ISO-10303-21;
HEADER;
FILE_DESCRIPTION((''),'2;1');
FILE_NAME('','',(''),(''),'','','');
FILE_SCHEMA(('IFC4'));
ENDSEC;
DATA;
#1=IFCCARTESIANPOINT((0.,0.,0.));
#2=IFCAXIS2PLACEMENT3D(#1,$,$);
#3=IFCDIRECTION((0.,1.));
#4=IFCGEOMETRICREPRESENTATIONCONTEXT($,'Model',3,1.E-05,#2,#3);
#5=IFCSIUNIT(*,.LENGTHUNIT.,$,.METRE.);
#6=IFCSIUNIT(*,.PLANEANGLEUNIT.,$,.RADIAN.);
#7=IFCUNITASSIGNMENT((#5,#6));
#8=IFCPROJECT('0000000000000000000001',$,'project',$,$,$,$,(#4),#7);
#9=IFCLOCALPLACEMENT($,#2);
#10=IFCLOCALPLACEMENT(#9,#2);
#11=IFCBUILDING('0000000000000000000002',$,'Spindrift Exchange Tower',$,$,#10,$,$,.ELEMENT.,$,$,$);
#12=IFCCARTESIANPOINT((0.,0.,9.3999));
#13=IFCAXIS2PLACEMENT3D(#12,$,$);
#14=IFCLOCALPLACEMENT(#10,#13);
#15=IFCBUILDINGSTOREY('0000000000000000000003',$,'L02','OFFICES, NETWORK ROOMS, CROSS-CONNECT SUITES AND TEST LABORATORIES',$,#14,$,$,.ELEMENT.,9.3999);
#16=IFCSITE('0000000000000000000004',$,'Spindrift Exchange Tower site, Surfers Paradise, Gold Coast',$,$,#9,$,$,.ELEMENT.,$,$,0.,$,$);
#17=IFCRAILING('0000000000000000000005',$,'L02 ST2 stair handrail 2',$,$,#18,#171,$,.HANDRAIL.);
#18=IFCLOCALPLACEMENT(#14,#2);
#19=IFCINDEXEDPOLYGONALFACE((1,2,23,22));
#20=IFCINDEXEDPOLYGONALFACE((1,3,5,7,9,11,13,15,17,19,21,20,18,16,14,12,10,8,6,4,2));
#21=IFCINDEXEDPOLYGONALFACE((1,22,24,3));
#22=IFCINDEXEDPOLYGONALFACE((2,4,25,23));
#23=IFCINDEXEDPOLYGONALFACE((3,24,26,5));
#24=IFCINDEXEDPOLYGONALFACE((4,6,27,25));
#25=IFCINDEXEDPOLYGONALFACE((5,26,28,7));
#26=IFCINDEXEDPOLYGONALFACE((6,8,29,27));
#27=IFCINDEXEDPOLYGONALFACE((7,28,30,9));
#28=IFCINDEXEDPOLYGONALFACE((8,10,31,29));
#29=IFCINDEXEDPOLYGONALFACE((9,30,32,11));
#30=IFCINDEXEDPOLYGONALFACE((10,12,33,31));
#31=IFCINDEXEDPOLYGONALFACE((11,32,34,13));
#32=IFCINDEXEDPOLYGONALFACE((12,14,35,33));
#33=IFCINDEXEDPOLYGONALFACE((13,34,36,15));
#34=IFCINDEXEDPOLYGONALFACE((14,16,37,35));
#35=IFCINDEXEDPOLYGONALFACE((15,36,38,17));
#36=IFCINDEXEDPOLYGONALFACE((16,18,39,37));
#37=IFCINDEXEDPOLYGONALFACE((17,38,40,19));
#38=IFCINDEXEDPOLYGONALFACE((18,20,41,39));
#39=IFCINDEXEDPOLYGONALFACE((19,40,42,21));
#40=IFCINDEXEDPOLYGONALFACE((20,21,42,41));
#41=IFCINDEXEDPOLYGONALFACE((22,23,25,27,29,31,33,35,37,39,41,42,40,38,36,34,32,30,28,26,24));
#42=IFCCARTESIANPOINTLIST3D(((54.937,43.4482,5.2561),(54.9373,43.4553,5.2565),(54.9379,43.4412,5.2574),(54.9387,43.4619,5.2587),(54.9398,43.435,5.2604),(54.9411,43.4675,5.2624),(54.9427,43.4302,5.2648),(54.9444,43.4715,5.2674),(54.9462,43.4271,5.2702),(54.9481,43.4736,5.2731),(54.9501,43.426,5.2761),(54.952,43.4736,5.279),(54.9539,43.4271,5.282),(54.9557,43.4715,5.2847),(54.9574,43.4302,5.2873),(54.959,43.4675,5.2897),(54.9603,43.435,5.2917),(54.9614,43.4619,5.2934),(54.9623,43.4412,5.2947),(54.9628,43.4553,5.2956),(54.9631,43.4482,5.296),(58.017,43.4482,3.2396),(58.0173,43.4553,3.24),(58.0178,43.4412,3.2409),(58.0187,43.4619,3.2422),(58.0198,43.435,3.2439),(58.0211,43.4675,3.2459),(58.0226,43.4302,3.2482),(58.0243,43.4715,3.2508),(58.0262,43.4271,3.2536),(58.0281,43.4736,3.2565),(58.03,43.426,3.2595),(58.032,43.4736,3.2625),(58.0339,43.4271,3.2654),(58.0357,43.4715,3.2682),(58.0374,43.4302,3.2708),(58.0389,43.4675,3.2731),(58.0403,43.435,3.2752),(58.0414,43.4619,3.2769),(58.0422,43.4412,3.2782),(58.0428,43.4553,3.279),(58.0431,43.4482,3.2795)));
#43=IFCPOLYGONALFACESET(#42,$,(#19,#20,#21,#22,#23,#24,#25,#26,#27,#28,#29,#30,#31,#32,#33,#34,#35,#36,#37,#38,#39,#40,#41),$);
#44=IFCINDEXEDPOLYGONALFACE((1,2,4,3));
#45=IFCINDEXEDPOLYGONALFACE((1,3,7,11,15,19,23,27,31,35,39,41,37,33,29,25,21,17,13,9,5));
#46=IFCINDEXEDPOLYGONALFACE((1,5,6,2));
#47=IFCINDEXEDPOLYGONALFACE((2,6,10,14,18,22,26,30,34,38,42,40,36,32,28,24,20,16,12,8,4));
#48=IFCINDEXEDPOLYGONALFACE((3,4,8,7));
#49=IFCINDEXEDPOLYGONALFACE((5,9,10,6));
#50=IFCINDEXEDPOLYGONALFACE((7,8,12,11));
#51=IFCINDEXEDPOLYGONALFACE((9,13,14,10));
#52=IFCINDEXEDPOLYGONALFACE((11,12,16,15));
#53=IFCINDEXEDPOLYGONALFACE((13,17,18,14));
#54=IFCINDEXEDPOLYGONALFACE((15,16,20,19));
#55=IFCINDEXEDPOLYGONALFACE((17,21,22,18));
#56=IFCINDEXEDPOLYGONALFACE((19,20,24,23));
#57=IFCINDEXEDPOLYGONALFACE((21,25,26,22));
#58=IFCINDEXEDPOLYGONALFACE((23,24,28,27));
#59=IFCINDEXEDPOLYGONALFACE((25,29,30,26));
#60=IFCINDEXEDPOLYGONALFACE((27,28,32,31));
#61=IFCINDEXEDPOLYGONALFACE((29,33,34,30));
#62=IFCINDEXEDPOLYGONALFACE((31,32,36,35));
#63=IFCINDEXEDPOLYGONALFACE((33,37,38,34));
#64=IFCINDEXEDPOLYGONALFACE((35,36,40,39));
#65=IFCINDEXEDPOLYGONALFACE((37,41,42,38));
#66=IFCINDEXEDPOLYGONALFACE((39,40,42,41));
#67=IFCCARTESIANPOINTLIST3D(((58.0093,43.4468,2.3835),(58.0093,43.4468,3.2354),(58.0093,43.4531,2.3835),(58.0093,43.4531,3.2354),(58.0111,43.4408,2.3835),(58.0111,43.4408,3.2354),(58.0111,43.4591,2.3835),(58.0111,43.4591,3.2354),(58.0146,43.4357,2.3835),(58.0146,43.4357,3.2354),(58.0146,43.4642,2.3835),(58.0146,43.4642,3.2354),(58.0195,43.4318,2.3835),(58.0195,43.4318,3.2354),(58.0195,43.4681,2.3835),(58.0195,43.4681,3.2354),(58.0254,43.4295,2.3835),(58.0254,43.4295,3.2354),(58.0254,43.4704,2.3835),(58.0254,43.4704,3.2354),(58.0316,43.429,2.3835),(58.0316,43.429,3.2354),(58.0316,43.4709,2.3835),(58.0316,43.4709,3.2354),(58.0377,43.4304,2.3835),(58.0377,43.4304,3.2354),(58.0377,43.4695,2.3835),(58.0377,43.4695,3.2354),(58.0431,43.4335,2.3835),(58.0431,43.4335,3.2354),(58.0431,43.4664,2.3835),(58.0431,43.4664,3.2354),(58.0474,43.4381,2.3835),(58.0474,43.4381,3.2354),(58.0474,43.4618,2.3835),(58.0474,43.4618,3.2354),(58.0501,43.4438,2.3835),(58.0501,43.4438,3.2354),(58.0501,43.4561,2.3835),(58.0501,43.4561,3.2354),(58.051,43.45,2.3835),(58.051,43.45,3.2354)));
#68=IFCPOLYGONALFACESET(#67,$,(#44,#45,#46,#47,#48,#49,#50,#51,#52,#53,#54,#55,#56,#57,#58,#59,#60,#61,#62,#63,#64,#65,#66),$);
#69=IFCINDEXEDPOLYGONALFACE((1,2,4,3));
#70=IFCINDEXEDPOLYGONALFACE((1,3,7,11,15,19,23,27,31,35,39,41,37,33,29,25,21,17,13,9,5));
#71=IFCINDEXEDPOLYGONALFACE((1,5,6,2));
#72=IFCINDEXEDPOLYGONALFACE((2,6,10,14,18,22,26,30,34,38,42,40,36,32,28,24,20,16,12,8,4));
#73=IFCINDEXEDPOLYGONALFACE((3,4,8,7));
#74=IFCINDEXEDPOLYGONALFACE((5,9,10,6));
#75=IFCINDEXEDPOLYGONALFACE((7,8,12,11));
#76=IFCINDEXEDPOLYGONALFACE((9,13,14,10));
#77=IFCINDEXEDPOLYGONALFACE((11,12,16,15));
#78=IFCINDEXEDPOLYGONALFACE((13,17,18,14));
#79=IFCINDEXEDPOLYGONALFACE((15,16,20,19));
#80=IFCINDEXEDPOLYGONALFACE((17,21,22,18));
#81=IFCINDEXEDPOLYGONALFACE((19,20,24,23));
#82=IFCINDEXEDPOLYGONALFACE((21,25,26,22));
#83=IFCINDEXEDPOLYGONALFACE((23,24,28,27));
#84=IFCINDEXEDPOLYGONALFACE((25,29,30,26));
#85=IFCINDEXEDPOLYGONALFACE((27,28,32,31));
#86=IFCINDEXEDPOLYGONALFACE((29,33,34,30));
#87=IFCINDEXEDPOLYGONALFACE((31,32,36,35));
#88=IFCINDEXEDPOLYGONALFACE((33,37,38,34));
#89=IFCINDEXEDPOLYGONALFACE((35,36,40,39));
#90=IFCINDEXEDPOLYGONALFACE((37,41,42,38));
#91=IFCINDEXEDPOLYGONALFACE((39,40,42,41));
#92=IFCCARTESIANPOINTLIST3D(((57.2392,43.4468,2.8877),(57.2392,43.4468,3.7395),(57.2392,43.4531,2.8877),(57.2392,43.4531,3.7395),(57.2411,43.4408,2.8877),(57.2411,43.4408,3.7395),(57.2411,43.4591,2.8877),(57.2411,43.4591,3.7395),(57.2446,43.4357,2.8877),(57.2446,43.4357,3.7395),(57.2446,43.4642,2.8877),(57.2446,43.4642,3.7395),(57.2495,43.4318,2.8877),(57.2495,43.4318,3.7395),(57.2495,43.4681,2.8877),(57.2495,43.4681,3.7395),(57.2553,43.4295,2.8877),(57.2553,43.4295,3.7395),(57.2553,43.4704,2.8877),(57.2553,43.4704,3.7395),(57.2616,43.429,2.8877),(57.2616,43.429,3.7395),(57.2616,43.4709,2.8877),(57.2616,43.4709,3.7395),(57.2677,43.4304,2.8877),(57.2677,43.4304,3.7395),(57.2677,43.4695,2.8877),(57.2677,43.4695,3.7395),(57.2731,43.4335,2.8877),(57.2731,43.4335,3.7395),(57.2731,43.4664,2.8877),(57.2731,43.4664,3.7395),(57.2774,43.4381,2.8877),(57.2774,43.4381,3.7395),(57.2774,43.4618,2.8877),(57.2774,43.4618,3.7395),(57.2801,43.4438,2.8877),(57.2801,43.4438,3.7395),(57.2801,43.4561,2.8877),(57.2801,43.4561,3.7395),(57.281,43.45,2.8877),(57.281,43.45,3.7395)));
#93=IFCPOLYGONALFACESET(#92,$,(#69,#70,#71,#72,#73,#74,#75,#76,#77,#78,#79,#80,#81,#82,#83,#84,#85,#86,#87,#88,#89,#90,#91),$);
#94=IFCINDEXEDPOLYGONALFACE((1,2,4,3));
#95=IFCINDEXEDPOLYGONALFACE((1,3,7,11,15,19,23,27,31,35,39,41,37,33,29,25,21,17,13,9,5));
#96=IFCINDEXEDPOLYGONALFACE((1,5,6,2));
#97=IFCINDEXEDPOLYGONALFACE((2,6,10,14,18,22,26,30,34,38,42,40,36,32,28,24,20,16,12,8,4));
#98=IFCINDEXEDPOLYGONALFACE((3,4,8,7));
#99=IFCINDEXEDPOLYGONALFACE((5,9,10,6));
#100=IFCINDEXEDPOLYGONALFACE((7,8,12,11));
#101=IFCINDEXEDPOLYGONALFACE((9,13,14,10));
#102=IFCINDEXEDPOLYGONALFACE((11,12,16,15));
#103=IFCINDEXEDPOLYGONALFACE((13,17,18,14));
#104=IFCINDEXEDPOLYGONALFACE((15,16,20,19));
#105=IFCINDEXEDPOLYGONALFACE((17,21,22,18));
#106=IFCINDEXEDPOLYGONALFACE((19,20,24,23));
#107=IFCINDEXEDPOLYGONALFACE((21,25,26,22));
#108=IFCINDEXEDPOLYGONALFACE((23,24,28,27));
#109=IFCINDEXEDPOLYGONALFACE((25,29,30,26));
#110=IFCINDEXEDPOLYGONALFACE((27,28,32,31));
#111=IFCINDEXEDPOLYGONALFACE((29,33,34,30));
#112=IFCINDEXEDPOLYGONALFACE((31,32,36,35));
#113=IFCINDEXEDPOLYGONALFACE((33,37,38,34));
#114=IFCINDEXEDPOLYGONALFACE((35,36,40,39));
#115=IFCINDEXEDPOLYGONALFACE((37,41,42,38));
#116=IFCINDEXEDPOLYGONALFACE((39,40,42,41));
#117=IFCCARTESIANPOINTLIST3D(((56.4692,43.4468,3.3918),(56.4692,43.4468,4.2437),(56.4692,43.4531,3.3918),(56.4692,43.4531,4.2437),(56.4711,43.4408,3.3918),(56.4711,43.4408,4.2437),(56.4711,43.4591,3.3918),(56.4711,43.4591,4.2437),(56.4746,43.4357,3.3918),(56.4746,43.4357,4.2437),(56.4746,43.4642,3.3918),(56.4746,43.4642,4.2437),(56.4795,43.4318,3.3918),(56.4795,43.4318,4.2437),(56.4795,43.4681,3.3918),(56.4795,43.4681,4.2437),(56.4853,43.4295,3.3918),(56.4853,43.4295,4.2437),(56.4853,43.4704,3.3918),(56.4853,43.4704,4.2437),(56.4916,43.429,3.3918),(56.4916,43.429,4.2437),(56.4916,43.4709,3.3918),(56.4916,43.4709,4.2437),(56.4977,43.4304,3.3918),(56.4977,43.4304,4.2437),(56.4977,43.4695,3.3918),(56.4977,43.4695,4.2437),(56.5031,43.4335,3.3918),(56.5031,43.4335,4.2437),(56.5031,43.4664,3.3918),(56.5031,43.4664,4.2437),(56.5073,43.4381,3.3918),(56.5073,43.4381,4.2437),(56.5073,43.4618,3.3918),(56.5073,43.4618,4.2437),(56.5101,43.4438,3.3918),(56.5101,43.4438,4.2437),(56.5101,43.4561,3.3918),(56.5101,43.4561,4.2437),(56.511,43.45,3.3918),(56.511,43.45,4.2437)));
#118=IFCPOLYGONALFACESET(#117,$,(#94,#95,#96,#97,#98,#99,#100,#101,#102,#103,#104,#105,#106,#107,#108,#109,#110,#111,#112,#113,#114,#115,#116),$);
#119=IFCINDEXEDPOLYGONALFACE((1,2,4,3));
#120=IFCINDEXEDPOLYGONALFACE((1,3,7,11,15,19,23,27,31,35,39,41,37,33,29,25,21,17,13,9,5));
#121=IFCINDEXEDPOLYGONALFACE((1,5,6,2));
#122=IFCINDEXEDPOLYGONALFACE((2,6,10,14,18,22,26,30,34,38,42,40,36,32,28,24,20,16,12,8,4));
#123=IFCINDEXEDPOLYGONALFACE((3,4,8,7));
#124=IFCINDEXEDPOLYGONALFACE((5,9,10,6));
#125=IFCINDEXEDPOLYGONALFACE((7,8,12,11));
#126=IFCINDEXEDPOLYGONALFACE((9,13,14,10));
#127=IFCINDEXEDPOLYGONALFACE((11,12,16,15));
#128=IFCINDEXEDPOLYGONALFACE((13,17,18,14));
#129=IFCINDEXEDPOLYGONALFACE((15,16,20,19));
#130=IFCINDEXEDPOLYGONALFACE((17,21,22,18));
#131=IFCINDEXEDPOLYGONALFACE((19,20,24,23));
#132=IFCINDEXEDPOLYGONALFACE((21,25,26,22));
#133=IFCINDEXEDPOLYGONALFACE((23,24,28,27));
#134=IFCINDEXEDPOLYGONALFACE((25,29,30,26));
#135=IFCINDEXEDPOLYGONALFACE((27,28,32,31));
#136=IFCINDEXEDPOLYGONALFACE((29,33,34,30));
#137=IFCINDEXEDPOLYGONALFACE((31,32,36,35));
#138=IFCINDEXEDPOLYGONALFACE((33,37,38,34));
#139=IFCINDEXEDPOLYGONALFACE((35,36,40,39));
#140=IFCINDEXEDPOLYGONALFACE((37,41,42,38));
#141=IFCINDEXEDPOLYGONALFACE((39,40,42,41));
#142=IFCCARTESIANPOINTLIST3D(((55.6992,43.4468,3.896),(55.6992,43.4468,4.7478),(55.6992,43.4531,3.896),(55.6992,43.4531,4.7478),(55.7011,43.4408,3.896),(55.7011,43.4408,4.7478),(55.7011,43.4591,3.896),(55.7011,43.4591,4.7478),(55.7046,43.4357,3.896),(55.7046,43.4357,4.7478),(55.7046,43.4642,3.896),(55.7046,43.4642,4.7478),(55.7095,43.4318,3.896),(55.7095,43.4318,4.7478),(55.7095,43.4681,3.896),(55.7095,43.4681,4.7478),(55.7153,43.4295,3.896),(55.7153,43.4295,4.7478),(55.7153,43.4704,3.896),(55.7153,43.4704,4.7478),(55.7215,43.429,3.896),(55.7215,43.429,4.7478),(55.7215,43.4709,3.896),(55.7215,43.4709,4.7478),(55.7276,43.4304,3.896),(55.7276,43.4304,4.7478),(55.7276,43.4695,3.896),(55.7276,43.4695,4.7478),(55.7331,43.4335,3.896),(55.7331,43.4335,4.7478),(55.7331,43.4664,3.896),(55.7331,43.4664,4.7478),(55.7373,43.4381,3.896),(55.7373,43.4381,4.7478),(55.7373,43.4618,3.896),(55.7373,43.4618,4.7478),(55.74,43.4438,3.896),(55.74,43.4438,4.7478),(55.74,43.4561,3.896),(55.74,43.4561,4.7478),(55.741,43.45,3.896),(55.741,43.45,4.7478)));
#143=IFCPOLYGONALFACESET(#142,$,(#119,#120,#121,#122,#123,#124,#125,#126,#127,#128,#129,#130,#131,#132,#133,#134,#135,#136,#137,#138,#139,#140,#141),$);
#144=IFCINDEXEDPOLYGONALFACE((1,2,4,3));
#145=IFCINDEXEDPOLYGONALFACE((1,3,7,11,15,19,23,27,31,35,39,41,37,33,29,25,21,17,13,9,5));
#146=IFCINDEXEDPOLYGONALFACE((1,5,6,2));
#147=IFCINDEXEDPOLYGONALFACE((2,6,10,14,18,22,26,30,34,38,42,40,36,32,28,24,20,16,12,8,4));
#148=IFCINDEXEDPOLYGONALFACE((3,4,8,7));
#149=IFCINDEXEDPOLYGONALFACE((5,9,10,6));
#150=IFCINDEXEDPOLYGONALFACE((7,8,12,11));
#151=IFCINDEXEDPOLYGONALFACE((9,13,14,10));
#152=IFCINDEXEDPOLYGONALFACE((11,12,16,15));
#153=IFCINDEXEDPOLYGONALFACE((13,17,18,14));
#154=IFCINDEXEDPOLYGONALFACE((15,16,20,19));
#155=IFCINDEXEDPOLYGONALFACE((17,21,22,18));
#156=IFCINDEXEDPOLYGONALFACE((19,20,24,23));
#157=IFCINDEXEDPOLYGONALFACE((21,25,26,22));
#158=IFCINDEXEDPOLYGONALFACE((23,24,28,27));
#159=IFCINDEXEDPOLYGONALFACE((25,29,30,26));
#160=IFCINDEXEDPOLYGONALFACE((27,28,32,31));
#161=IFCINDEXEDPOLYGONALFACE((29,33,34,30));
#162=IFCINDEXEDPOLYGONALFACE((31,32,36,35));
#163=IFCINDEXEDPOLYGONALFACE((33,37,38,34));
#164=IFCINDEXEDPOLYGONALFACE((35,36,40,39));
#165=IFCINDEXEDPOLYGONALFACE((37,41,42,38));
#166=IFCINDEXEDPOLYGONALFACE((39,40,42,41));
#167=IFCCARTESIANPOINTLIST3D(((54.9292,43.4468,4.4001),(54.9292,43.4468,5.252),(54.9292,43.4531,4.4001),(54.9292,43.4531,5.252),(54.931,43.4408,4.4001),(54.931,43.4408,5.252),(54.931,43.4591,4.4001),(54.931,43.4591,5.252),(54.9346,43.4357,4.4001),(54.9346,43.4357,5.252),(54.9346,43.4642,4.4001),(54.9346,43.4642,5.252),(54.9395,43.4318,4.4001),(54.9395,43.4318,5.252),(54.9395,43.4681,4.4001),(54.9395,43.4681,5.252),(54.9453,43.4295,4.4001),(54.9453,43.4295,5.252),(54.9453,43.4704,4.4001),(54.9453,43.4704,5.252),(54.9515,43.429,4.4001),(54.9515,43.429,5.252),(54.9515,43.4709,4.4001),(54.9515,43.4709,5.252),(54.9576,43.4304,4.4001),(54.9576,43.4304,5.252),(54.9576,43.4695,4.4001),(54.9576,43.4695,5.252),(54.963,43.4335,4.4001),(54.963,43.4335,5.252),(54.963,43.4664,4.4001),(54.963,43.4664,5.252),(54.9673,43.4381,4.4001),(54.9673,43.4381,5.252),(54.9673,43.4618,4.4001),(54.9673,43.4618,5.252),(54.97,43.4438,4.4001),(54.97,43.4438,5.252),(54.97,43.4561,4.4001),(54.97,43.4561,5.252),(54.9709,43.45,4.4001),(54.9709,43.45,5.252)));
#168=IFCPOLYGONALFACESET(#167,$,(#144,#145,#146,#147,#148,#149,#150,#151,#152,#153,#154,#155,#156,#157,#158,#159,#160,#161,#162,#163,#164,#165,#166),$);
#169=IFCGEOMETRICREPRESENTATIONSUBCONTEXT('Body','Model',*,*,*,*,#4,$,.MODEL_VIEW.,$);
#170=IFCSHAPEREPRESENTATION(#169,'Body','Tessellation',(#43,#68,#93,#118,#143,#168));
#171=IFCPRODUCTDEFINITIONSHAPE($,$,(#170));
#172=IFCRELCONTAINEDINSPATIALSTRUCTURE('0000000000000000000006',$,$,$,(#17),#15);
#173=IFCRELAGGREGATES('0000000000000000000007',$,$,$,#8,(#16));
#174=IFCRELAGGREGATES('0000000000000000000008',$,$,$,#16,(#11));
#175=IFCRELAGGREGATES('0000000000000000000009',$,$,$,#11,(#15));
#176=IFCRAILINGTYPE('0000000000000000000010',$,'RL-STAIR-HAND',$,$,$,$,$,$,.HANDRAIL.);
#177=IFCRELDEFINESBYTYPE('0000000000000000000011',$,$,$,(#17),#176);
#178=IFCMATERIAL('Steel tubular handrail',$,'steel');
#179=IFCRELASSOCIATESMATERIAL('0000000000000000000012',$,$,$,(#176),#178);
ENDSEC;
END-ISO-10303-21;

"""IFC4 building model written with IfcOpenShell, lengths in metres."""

from ifc_helpers import new_model, si_unit, direction, frame, origin, origin_2d, place, context, subcontext, project, spatial, circle, extrude, material, type_object, element, save


model = new_model("IFC4")

# Units and contexts
model_context = context("Model", 3, precision=1e-05, world=origin(), true_north=direction((0.0, 1.0)))
body_context = subcontext(model_context, "Body", "Model", "MODEL_VIEW")
ifc_project = project(units=[si_unit("LENGTHUNIT", "METRE"), si_unit("PLANEANGLEUNIT", "RADIAN")], contexts=[model_context])

# Site, building, storey
site_placement = place(None, origin())
site = spatial("IfcSite", under=ifc_project, at=site_placement, Name="Spindrift Exchange Tower site, Surfers Paradise, Gold Coast", CompositionType="ELEMENT", RefElevation=0.0)
building_placement = place(site_placement, origin())
building = spatial("IfcBuilding", under=site, at=building_placement, Name="Spindrift Exchange Tower", CompositionType="ELEMENT")
storey_placement = place(building_placement, frame((0.0, 0.0, 9.3999)))
storey = spatial("IfcBuildingStorey", under=building, at=storey_placement, Name="L02", Description="OFFICES, NETWORK ROOMS, CROSS-CONNECT SUITES AND TEST LABORATORIES", CompositionType="ELEMENT", Elevation=9.3999)

# Railing
ifc_material_1 = material(Name="Steel tubular handrail", Category="steel")
railing_type_1 = type_object("IfcRailingType", Name="RL-STAIR-HAND", PredefinedType="HANDRAIL", material=ifc_material_1)
railing_1_placement = place(storey_placement, frame((58.03, 43.45, 2.3835)))
element("IfcRailing", 1, at=railing_1_placement, inside=storey, type_object=railing_type_1, Name="L02 ST2 stair handrail 2", PredefinedType="HANDRAIL", context=body_context, shape_type="SweptSolid", body=[
    extrude(circle(Radius=0.0239, at=origin_2d()), frame((0.0, 0.0, 0.876), z_axis=(-0.836633, 0.0, 0.547764), x_axis=(0.0, -1.0, 0.0)), (0.0, 0.0, 1.0), 3.6814),
    extrude(circle(Radius=0.021, at=origin_2d()), origin(), (0.0, 0.0, 1.0), 0.8518),
    extrude(circle(Radius=0.021, at=origin_2d()), frame((-0.77, 0.0, 0.5042)), (0.0, 0.0, 1.0), 0.8518),
    extrude(circle(Radius=0.021, at=origin_2d()), frame((-1.54, 0.0, 1.0083)), (0.0, 0.0, 1.0), 0.8518),
    extrude(circle(Radius=0.021, at=origin_2d()), frame((-2.3101, 0.0, 1.5125)), (0.0, 0.0, 1.0), 0.8518),
    extrude(circle(Radius=0.021, at=origin_2d()), frame((-3.0801, 0.0, 2.0166)), (0.0, 0.0, 1.0), 0.8518),
])

save(model, "model.ifc")
